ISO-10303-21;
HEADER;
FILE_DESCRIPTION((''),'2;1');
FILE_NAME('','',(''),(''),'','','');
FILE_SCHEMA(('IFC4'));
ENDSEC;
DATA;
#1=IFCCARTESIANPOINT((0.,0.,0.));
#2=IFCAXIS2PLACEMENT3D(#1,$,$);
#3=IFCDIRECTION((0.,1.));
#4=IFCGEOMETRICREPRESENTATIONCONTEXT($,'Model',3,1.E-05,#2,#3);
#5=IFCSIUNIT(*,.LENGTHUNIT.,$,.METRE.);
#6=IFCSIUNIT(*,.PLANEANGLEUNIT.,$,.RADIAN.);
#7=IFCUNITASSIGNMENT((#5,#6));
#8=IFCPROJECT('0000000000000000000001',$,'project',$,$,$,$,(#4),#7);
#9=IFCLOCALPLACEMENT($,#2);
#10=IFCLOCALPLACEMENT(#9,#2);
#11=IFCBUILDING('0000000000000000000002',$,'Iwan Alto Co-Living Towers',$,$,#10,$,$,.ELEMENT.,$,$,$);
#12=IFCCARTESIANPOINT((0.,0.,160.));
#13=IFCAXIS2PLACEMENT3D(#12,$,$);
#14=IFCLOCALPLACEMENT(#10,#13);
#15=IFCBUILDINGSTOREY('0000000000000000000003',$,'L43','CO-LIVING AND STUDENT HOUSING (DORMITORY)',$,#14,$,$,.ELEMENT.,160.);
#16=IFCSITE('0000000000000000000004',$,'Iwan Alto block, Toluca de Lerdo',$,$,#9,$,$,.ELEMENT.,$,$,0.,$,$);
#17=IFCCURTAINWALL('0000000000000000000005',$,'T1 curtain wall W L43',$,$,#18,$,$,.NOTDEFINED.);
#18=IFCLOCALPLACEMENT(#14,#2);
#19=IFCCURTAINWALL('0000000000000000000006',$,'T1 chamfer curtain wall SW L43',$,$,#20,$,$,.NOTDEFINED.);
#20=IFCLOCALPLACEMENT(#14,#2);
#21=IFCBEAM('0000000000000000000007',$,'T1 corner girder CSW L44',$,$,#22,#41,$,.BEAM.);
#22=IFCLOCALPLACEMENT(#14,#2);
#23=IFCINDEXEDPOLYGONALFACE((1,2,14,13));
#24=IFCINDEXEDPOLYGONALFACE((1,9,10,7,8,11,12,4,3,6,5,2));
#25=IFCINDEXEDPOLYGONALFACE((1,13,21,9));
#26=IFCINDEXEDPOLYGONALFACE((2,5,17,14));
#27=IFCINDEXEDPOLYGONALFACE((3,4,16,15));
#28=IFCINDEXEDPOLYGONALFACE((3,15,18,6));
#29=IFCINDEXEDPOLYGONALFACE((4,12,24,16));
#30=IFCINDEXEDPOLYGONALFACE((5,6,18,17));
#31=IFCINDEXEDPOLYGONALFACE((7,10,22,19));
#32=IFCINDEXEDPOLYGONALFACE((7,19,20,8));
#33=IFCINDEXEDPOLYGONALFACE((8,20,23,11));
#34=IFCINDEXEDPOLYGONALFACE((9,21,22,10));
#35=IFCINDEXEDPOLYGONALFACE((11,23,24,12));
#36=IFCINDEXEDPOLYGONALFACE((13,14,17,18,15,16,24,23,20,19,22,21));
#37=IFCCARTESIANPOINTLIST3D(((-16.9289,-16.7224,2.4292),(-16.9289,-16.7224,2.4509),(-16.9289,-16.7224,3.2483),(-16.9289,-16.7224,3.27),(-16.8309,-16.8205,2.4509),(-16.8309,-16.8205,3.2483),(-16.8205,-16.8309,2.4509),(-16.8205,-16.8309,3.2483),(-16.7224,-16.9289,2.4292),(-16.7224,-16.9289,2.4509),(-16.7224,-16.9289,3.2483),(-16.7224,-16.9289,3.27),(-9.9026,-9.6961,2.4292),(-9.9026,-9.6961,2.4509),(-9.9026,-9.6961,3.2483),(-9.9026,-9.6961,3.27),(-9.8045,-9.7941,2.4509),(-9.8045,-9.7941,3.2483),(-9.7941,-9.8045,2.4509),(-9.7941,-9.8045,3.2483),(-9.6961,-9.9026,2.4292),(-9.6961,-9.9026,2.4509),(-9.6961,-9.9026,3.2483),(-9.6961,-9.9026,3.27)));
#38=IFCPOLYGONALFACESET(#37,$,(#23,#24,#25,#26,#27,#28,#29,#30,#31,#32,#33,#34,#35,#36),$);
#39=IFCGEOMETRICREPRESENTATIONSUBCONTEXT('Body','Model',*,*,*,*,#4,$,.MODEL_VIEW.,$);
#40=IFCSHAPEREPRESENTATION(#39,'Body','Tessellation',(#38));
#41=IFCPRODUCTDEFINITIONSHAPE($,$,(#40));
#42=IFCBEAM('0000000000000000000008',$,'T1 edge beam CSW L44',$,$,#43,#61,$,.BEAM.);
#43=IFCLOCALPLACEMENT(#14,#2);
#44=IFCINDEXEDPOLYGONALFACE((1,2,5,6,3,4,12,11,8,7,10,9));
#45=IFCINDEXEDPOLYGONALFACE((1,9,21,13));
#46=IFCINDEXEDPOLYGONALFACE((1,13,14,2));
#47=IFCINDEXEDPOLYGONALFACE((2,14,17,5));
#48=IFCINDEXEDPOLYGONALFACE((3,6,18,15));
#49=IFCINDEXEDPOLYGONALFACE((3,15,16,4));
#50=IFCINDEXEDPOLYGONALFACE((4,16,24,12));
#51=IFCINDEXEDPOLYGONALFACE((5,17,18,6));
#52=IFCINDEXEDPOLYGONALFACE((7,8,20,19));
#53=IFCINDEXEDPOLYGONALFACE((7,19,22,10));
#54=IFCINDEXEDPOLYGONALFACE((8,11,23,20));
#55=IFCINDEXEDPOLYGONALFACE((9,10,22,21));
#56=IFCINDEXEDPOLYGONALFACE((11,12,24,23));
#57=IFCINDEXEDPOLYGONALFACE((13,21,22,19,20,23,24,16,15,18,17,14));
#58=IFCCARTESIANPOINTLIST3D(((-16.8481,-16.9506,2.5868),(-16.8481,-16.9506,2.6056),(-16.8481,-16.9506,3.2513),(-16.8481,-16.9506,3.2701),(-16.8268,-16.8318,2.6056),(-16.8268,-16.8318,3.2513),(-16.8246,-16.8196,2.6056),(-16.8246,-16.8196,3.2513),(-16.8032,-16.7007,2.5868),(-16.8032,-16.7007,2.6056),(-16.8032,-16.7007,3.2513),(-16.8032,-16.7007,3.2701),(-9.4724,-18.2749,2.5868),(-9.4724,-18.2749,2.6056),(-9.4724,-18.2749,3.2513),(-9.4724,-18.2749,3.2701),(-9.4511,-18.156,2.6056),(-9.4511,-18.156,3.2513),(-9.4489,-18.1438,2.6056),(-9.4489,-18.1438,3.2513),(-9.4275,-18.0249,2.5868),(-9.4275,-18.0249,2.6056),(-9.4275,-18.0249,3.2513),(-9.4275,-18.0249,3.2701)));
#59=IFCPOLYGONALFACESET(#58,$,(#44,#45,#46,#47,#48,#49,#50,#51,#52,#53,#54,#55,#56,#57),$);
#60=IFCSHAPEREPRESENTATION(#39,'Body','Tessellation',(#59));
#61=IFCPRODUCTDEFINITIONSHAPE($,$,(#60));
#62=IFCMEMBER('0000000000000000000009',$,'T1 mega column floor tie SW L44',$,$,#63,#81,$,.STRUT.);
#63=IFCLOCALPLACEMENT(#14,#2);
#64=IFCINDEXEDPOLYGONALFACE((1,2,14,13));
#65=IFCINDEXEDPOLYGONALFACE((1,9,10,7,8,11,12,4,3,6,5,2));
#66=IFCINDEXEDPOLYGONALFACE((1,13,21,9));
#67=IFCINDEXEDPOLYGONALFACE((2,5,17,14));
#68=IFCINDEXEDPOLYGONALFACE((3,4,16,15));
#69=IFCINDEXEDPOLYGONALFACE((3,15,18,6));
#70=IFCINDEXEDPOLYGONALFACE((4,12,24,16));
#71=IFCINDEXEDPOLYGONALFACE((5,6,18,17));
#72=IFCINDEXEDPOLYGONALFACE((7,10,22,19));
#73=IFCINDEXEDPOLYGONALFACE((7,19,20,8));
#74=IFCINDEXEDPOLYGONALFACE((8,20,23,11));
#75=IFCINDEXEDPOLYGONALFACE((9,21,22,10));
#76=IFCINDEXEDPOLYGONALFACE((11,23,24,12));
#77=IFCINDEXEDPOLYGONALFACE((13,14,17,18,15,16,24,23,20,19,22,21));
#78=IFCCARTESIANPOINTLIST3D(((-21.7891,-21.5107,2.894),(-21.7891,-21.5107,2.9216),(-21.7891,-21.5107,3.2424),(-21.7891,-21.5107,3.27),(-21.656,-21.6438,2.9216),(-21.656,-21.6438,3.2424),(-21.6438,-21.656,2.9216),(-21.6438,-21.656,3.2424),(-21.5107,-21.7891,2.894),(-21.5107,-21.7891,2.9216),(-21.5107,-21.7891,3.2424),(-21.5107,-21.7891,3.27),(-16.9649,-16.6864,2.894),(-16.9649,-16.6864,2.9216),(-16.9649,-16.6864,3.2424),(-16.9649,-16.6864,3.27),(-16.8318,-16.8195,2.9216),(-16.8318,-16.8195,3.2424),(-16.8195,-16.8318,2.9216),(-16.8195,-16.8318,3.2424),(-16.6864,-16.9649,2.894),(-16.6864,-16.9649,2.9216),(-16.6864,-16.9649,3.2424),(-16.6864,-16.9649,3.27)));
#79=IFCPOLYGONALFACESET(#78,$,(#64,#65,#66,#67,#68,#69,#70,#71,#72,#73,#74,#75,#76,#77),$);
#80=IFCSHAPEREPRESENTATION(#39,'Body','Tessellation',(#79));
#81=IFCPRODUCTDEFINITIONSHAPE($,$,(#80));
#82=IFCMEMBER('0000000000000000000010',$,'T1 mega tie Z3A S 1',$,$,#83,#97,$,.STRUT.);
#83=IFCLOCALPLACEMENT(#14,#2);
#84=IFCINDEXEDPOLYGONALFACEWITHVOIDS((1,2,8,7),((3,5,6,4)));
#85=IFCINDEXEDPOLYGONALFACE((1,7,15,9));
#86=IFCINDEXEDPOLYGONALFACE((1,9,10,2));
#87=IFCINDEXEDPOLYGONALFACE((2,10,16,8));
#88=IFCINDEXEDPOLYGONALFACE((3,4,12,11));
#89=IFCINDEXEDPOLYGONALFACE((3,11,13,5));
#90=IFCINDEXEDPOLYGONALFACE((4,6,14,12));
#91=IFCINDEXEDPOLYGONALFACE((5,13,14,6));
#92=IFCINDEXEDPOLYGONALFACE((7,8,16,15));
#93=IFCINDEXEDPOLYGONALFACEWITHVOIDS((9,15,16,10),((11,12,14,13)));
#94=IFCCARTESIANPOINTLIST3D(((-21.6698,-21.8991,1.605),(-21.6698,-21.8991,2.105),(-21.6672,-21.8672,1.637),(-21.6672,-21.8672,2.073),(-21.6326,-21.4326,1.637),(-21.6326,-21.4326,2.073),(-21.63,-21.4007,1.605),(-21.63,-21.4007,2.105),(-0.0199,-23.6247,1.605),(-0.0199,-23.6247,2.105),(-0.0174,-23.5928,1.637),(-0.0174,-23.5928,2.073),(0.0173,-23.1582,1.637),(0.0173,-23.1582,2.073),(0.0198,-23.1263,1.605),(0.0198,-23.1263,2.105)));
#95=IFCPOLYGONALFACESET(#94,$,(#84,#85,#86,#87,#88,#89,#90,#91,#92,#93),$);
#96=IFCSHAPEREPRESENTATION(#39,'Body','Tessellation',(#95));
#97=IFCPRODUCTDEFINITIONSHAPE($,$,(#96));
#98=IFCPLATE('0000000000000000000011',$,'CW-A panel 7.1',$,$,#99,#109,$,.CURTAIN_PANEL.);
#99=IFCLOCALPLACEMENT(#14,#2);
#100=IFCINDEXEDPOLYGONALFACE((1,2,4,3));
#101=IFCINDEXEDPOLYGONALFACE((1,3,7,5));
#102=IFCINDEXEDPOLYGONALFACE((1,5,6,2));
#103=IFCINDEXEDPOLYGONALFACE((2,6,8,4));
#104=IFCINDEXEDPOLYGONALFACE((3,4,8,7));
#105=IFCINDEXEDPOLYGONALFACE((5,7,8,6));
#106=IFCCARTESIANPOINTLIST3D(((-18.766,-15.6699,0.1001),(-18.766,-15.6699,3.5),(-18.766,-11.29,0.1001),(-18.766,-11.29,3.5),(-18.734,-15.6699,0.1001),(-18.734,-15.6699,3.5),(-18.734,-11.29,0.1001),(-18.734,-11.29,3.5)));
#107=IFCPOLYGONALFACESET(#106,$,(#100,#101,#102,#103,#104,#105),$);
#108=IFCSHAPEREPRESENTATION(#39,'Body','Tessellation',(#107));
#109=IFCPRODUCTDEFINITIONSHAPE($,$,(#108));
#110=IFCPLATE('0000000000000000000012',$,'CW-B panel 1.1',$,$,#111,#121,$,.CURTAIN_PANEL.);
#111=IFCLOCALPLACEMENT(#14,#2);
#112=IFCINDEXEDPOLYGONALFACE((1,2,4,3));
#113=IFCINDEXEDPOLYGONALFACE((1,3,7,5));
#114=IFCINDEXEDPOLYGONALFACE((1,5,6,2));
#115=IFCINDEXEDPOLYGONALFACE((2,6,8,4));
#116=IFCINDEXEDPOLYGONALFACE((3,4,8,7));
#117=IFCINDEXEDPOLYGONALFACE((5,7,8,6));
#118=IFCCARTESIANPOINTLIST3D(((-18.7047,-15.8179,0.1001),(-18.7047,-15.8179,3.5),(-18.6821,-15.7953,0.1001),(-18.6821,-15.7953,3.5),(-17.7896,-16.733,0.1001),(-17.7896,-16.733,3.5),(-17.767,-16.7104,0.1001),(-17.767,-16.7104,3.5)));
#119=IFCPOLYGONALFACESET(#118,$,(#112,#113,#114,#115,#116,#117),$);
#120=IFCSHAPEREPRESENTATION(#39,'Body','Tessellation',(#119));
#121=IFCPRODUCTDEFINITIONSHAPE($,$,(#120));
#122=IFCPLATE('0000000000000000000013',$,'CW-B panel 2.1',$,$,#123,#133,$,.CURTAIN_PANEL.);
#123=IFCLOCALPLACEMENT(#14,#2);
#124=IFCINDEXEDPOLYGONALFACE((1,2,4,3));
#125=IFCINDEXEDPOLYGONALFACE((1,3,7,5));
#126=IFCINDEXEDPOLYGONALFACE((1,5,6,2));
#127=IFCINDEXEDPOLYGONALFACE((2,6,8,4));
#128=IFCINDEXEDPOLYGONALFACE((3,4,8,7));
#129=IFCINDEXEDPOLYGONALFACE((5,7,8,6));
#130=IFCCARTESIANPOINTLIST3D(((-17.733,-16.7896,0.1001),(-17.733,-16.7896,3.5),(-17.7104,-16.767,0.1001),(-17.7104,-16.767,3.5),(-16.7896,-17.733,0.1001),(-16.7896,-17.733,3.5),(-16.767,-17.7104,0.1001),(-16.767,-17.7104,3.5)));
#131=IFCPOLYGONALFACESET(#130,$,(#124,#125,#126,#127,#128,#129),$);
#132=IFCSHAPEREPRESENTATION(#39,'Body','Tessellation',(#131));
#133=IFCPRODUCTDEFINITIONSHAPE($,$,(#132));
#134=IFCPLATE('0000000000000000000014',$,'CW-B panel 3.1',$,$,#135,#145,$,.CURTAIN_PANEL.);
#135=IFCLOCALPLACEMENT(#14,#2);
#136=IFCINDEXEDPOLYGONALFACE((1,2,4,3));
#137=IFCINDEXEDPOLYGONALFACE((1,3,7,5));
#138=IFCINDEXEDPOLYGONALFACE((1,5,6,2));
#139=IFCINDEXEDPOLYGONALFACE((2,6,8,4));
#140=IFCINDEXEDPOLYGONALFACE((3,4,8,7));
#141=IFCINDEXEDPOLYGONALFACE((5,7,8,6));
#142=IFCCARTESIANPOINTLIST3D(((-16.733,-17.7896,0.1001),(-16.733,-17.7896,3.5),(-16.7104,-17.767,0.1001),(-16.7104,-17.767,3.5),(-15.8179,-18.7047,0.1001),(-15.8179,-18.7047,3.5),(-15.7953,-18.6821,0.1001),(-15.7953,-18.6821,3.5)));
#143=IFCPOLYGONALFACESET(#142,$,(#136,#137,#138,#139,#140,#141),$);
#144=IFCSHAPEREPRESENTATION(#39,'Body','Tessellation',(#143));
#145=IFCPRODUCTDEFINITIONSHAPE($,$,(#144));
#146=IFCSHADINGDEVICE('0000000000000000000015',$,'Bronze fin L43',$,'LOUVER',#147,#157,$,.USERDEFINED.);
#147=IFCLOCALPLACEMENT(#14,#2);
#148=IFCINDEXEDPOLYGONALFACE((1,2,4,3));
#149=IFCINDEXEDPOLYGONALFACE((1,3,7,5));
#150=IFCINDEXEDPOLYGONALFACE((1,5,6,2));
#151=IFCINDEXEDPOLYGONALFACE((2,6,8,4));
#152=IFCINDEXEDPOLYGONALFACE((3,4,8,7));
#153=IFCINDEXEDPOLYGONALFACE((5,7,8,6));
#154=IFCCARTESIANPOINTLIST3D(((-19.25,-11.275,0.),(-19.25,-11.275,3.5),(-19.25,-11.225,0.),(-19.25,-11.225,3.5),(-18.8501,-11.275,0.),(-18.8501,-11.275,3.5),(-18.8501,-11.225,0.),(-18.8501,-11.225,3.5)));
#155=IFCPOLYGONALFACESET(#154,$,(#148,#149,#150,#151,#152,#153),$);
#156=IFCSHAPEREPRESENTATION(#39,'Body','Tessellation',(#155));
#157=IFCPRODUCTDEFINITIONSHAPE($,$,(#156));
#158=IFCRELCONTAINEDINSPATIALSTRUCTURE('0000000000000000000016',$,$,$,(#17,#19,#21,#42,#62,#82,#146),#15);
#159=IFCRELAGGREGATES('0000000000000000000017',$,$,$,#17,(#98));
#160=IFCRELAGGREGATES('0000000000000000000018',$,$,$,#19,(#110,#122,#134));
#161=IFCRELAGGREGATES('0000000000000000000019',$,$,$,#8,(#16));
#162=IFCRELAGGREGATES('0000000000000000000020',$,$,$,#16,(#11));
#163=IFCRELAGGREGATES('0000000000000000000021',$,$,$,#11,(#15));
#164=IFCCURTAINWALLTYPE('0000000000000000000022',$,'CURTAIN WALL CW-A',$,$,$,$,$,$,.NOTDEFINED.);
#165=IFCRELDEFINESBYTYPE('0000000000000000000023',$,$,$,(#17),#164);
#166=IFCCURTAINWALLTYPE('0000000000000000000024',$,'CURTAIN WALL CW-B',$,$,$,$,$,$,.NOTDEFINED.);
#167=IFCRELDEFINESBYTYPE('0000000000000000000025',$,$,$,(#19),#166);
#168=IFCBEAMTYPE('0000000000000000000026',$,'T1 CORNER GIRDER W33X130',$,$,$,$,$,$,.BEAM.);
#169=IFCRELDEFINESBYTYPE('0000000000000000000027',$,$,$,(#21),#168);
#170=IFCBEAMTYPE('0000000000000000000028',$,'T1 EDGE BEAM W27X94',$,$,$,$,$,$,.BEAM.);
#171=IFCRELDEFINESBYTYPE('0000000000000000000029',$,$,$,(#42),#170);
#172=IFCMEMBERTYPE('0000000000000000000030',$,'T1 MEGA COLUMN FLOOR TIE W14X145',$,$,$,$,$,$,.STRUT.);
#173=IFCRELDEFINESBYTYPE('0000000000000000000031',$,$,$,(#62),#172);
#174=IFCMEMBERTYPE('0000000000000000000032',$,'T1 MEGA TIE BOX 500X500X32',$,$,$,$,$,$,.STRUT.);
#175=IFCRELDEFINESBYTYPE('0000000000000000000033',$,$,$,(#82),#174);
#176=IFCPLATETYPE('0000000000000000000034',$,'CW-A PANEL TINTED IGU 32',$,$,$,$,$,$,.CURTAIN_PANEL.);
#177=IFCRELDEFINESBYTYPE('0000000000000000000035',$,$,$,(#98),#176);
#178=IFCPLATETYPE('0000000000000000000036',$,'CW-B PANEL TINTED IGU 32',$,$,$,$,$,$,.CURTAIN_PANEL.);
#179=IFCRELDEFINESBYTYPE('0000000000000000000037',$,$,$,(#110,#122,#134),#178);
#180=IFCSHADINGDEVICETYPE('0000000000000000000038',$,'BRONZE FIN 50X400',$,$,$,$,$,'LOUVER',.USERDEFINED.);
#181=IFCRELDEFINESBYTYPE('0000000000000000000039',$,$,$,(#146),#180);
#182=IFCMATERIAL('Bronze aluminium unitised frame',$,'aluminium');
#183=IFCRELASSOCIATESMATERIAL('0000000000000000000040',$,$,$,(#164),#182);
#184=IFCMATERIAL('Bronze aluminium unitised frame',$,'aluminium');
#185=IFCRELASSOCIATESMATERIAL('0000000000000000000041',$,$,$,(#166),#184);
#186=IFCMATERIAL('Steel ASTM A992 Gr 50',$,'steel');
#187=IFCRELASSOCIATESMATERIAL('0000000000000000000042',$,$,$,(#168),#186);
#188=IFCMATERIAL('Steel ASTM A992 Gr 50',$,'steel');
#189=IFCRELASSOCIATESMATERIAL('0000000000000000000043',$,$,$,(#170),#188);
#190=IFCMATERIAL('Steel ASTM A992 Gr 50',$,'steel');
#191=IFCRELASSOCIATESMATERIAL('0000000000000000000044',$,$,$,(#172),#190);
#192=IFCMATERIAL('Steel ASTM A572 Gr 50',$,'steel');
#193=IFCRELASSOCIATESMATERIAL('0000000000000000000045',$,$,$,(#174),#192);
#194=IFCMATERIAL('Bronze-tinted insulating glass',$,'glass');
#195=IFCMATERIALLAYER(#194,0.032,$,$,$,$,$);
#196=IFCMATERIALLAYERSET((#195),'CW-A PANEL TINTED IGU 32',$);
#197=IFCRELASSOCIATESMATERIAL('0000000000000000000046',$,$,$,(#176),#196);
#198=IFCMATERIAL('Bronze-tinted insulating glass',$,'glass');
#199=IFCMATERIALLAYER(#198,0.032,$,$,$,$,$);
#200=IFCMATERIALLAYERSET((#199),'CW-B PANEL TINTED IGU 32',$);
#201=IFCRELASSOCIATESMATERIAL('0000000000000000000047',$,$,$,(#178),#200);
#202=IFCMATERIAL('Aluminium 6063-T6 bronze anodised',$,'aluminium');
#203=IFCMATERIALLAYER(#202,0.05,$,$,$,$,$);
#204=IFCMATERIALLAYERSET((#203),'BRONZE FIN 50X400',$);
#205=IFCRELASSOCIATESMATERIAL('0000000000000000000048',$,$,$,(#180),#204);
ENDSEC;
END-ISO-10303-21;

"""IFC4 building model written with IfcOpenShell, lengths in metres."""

from ifc_helpers import new_model, si_unit, direction, frame, origin, origin_2d, place, context, subcontext, project, spatial, rectangle, hollow_rectangle, i_section, extrude, material, layer, layer_set, material_profile, profile_set, type_object, element, aggregate, save


model = new_model("IFC4")

# Units and contexts
model_context = context("Model", 3, precision=1e-05, world=origin(), true_north=direction((0.0, 1.0)))
body_context = subcontext(model_context, "Body", "Model", "MODEL_VIEW")
ifc_project = project(units=[si_unit("LENGTHUNIT", "METRE"), si_unit("PLANEANGLEUNIT", "RADIAN")], contexts=[model_context])

# Site, building, storey
site_placement = place(None, origin())
site = spatial("IfcSite", under=ifc_project, at=site_placement, Name="Iwan Alto block, Toluca de Lerdo", CompositionType="ELEMENT", RefElevation=0.0)
building_placement = place(site_placement, origin())
building = spatial("IfcBuilding", under=site, at=building_placement, Name="Iwan Alto Co-Living Towers", CompositionType="ELEMENT")
storey_placement = place(building_placement, frame((0.0, 0.0, 160.0)))
storey = spatial("IfcBuildingStorey", under=building, at=storey_placement, Name="L43", Description="CO-LIVING AND STUDENT HOUSING (DORMITORY)", CompositionType="ELEMENT", Elevation=160.0)

# Curtain walls
ifc_material_1 = material(Name="Bronze aluminium unitised frame", Category="aluminium")
curtain_wall_type_1 = type_object("IfcCurtainWallType", Name="CURTAIN WALL CW-A", PredefinedType="NOTDEFINED", material=ifc_material_1)
curtain_wall_1_placement = place(storey_placement, origin())
curtain_wall_1 = element("IfcCurtainWall", 1, at=curtain_wall_1_placement, inside=storey, type_object=curtain_wall_type_1, Name="T1 curtain wall W L43", PredefinedType="NOTDEFINED")
ifc_material_2 = material(Name="Bronze aluminium unitised frame", Category="aluminium")
curtain_wall_type_2 = type_object("IfcCurtainWallType", Name="CURTAIN WALL CW-B", PredefinedType="NOTDEFINED", material=ifc_material_2)
curtain_wall_2_placement = place(storey_placement, origin())
curtain_wall_2 = element("IfcCurtainWall", 2, at=curtain_wall_2_placement, inside=storey, type_object=curtain_wall_type_2, Name="T1 chamfer curtain wall SW L43", PredefinedType="NOTDEFINED")

# Beams
ifc_material_3 = material(Name="Steel ASTM A992 Gr 50", Category="steel")
ifc_material_profile_1 = material_profile(ifc_material_3, i_section(OverallWidth=0.292, OverallDepth=0.8408, WebThickness=0.0146, FlangeThickness=0.0217, at=origin_2d()), Name="W33X130")
ifc_profile_set_1 = profile_set([ifc_material_profile_1], Name="Steel ASTM A992 Gr 50")
beam_type_1 = type_object("IfcBeamType", Name="T1 CORNER GIRDER W33X130", PredefinedType="BEAM", material=ifc_profile_set_1)
beam_1_placement = place(storey_placement, frame((-16.8257, -16.8257, 2.8496), z_axis=(0.707107, 0.707107, 0.0), x_axis=(-0.707107, 0.707107, 0.0)))
element("IfcBeam", 3, at=beam_1_placement, inside=storey, type_object=beam_type_1, Name="T1 corner girder CSW L44", PredefinedType="BEAM", context=body_context, shape_type="SweptSolid", body=[
    extrude(i_section(OverallWidth=0.292, OverallDepth=0.8408, WebThickness=0.0146, FlangeThickness=0.0217, at=origin_2d()), origin(), (0.0, 0.0, 1.0), 9.9368),
])
ifc_material_4 = material(Name="Steel ASTM A992 Gr 50", Category="steel")
ifc_material_profile_2 = material_profile(ifc_material_4, i_section(OverallWidth=0.2539, OverallDepth=0.6833, WebThickness=0.0125, FlangeThickness=0.0188, at=origin_2d()), Name="W27X94")
ifc_profile_set_2 = profile_set([ifc_material_profile_2], Name="Steel ASTM A992 Gr 50")
beam_type_2 = type_object("IfcBeamType", Name="T1 EDGE BEAM W27X94", PredefinedType="BEAM", material=ifc_profile_set_2)
beam_2_placement = place(storey_placement, frame((-16.8257, -16.8257, 2.9285), z_axis=(0.984263, -0.176712, 0.0), x_axis=(0.176712, 0.984263, 0.0)))
element("IfcBeam", 4, at=beam_2_placement, inside=storey, type_object=beam_type_2, Name="T1 edge beam CSW L44", PredefinedType="BEAM", context=body_context, shape_type="SweptSolid", body=[
    extrude(i_section(OverallWidth=0.2539, OverallDepth=0.6833, WebThickness=0.0125, FlangeThickness=0.0188, at=origin_2d()), origin(), (0.0, 0.0, 1.0), 7.4937),
])

# Members
ifc_material_5 = material(Name="Steel ASTM A992 Gr 50", Category="steel")
ifc_material_profile_3 = material_profile(ifc_material_5, i_section(OverallWidth=0.3938, OverallDepth=0.376, WebThickness=0.0173, FlangeThickness=0.0276, at=origin_2d()), Name="W14X145")
ifc_profile_set_3 = profile_set([ifc_material_profile_3], Name="Steel ASTM A992 Gr 50")
member_type_1 = type_object("IfcMemberType", Name="T1 MEGA COLUMN FLOOR TIE W14X145", PredefinedType="STRUT", material=ifc_profile_set_3)
member_1_placement = place(storey_placement, frame((-21.6499, -21.6499, 3.082), z_axis=(0.707107, 0.707107, 0.0), x_axis=(-0.707107, 0.707107, 0.0)))
element("IfcMember", 5, at=member_1_placement, inside=storey, type_object=member_type_1, Name="T1 mega column floor tie SW L44", PredefinedType="STRUT", context=body_context, shape_type="SweptSolid", body=[
    extrude(i_section(OverallWidth=0.3938, OverallDepth=0.376, WebThickness=0.0173, FlangeThickness=0.0276, at=origin_2d()), origin(), (0.0, 0.0, 1.0), 6.8225),
])
ifc_material_6 = material(Name="Steel ASTM A572 Gr 50", Category="steel")
ifc_material_profile_4 = material_profile(ifc_material_6, hollow_rectangle(XDim=0.5, YDim=0.5, WallThickness=0.032, at=origin_2d()), Name="BOX 500X500X32")
ifc_profile_set_4 = profile_set([ifc_material_profile_4], Name="Steel ASTM A572 Gr 50")
member_type_2 = type_object("IfcMemberType", Name="T1 MEGA TIE BOX 500X500X32", PredefinedType="STRUT", material=ifc_profile_set_4)
member_2_placement = place(storey_placement, frame((-21.6499, -21.6499, 1.855), z_axis=(0.996839, -0.079452, 0.0), x_axis=(0.079452, 0.996839, 0.0)))
element("IfcMember", 6, at=member_2_placement, inside=storey, type_object=member_type_2, Name="T1 mega tie Z3A S 1", PredefinedType="STRUT", context=body_context, shape_type="SweptSolid", body=[
    extrude(hollow_rectangle(XDim=0.5, YDim=0.5, WallThickness=0.032, at=origin_2d()), origin(), (0.0, 0.0, 1.0), 21.7185),
])

# Plates
ifc_material_7 = material(Name="Bronze-tinted insulating glass", Category="glass")
ifc_layer_1 = layer(ifc_material_7, 0.032)
ifc_layer_set_1 = layer_set([ifc_layer_1], Name="CW-A PANEL TINTED IGU 32")
plate_type_1 = type_object("IfcPlateType", Name="CW-A PANEL TINTED IGU 32", PredefinedType="CURTAIN_PANEL", material=ifc_layer_set_1)
plate_1_placement = place(storey_placement, frame((-18.75, -13.48, 0.1001), z_axis=(0.0, 0.0, 1.0), x_axis=(0.0, -1.0, 0.0)))
plate_1 = element("IfcPlate", 7, at=plate_1_placement, type_object=plate_type_1, Name="CW-A panel 7.1", PredefinedType="CURTAIN_PANEL", context=body_context, shape_type="SweptSolid", body=[
    extrude(rectangle(XDim=4.3799, YDim=0.032, at=origin_2d()), origin(), (0.0, 0.0, 1.0), 3.3999),
])
aggregate(curtain_wall_1, [plate_1])
ifc_material_8 = material(Name="Bronze-tinted insulating glass", Category="glass")
ifc_layer_2 = layer(ifc_material_8, 0.032)
ifc_layer_set_2 = layer_set([ifc_layer_2], Name="CW-B PANEL TINTED IGU 32")
plate_type_2 = type_object("IfcPlateType", Name="CW-B PANEL TINTED IGU 32", PredefinedType="CURTAIN_PANEL", material=ifc_layer_set_2)
plate_2_placement = place(storey_placement, frame((-18.2358, -16.2642, 0.1001), z_axis=(0.0, 0.0, 1.0), x_axis=(0.707107, -0.707107, 0.0)))
plate_2 = element("IfcPlate", 8, at=plate_2_placement, type_object=plate_type_2, Name="CW-B panel 1.1", PredefinedType="CURTAIN_PANEL", context=body_context, shape_type="SweptSolid", body=[
    extrude(rectangle(XDim=1.2942, YDim=0.032, at=origin_2d()), origin(), (0.0, 0.0, 1.0), 3.3999),
])
plate_3_placement = place(storey_placement, frame((-17.25, -17.25, 0.1001), z_axis=(0.0, 0.0, 1.0), x_axis=(0.707107, -0.707107, 0.0)))
plate_3 = element("IfcPlate", 9, at=plate_3_placement, type_object=plate_type_2, Name="CW-B panel 2.1", PredefinedType="CURTAIN_PANEL", context=body_context, shape_type="SweptSolid", body=[
    extrude(rectangle(XDim=1.3342, YDim=0.032, at=origin_2d()), origin(), (0.0, 0.0, 1.0), 3.3999),
])
plate_4_placement = place(storey_placement, frame((-16.2642, -18.2358, 0.1001), z_axis=(0.0, 0.0, 1.0), x_axis=(0.707107, -0.707107, 0.0)))
plate_4 = element("IfcPlate", 10, at=plate_4_placement, type_object=plate_type_2, Name="CW-B panel 3.1", PredefinedType="CURTAIN_PANEL", context=body_context, shape_type="SweptSolid", body=[
    extrude(rectangle(XDim=1.2942, YDim=0.032, at=origin_2d()), origin(), (0.0, 0.0, 1.0), 3.3999),
])
aggregate(curtain_wall_2, [plate_2, plate_3, plate_4])

# Shading device
ifc_material_9 = material(Name="Aluminium 6063-T6 bronze anodised", Category="aluminium")
ifc_layer_3 = layer(ifc_material_9, 0.05)
ifc_layer_set_3 = layer_set([ifc_layer_3], Name="BRONZE FIN 50X400")
shading_device_type = type_object("IfcShadingDeviceType", Name="BRONZE FIN 50X400", ElementType="LOUVER", PredefinedType="USERDEFINED", material=ifc_layer_set_3)
shading_device_placement = place(storey_placement, frame((-19.05, -11.25, 0.0), z_axis=(0.0, 0.0, 1.0), x_axis=(0.0, -1.0, 0.0)))
element("IfcShadingDevice", 11, at=shading_device_placement, inside=storey, type_object=shading_device_type, Name="Bronze fin L43", ObjectType="LOUVER", PredefinedType="USERDEFINED", context=body_context, shape_type="SweptSolid", body=[
    extrude(rectangle(XDim=0.05, YDim=0.3999, at=origin_2d()), origin(), (0.0, 0.0, 1.0), 3.5),
])

save(model, "model.ifc")
